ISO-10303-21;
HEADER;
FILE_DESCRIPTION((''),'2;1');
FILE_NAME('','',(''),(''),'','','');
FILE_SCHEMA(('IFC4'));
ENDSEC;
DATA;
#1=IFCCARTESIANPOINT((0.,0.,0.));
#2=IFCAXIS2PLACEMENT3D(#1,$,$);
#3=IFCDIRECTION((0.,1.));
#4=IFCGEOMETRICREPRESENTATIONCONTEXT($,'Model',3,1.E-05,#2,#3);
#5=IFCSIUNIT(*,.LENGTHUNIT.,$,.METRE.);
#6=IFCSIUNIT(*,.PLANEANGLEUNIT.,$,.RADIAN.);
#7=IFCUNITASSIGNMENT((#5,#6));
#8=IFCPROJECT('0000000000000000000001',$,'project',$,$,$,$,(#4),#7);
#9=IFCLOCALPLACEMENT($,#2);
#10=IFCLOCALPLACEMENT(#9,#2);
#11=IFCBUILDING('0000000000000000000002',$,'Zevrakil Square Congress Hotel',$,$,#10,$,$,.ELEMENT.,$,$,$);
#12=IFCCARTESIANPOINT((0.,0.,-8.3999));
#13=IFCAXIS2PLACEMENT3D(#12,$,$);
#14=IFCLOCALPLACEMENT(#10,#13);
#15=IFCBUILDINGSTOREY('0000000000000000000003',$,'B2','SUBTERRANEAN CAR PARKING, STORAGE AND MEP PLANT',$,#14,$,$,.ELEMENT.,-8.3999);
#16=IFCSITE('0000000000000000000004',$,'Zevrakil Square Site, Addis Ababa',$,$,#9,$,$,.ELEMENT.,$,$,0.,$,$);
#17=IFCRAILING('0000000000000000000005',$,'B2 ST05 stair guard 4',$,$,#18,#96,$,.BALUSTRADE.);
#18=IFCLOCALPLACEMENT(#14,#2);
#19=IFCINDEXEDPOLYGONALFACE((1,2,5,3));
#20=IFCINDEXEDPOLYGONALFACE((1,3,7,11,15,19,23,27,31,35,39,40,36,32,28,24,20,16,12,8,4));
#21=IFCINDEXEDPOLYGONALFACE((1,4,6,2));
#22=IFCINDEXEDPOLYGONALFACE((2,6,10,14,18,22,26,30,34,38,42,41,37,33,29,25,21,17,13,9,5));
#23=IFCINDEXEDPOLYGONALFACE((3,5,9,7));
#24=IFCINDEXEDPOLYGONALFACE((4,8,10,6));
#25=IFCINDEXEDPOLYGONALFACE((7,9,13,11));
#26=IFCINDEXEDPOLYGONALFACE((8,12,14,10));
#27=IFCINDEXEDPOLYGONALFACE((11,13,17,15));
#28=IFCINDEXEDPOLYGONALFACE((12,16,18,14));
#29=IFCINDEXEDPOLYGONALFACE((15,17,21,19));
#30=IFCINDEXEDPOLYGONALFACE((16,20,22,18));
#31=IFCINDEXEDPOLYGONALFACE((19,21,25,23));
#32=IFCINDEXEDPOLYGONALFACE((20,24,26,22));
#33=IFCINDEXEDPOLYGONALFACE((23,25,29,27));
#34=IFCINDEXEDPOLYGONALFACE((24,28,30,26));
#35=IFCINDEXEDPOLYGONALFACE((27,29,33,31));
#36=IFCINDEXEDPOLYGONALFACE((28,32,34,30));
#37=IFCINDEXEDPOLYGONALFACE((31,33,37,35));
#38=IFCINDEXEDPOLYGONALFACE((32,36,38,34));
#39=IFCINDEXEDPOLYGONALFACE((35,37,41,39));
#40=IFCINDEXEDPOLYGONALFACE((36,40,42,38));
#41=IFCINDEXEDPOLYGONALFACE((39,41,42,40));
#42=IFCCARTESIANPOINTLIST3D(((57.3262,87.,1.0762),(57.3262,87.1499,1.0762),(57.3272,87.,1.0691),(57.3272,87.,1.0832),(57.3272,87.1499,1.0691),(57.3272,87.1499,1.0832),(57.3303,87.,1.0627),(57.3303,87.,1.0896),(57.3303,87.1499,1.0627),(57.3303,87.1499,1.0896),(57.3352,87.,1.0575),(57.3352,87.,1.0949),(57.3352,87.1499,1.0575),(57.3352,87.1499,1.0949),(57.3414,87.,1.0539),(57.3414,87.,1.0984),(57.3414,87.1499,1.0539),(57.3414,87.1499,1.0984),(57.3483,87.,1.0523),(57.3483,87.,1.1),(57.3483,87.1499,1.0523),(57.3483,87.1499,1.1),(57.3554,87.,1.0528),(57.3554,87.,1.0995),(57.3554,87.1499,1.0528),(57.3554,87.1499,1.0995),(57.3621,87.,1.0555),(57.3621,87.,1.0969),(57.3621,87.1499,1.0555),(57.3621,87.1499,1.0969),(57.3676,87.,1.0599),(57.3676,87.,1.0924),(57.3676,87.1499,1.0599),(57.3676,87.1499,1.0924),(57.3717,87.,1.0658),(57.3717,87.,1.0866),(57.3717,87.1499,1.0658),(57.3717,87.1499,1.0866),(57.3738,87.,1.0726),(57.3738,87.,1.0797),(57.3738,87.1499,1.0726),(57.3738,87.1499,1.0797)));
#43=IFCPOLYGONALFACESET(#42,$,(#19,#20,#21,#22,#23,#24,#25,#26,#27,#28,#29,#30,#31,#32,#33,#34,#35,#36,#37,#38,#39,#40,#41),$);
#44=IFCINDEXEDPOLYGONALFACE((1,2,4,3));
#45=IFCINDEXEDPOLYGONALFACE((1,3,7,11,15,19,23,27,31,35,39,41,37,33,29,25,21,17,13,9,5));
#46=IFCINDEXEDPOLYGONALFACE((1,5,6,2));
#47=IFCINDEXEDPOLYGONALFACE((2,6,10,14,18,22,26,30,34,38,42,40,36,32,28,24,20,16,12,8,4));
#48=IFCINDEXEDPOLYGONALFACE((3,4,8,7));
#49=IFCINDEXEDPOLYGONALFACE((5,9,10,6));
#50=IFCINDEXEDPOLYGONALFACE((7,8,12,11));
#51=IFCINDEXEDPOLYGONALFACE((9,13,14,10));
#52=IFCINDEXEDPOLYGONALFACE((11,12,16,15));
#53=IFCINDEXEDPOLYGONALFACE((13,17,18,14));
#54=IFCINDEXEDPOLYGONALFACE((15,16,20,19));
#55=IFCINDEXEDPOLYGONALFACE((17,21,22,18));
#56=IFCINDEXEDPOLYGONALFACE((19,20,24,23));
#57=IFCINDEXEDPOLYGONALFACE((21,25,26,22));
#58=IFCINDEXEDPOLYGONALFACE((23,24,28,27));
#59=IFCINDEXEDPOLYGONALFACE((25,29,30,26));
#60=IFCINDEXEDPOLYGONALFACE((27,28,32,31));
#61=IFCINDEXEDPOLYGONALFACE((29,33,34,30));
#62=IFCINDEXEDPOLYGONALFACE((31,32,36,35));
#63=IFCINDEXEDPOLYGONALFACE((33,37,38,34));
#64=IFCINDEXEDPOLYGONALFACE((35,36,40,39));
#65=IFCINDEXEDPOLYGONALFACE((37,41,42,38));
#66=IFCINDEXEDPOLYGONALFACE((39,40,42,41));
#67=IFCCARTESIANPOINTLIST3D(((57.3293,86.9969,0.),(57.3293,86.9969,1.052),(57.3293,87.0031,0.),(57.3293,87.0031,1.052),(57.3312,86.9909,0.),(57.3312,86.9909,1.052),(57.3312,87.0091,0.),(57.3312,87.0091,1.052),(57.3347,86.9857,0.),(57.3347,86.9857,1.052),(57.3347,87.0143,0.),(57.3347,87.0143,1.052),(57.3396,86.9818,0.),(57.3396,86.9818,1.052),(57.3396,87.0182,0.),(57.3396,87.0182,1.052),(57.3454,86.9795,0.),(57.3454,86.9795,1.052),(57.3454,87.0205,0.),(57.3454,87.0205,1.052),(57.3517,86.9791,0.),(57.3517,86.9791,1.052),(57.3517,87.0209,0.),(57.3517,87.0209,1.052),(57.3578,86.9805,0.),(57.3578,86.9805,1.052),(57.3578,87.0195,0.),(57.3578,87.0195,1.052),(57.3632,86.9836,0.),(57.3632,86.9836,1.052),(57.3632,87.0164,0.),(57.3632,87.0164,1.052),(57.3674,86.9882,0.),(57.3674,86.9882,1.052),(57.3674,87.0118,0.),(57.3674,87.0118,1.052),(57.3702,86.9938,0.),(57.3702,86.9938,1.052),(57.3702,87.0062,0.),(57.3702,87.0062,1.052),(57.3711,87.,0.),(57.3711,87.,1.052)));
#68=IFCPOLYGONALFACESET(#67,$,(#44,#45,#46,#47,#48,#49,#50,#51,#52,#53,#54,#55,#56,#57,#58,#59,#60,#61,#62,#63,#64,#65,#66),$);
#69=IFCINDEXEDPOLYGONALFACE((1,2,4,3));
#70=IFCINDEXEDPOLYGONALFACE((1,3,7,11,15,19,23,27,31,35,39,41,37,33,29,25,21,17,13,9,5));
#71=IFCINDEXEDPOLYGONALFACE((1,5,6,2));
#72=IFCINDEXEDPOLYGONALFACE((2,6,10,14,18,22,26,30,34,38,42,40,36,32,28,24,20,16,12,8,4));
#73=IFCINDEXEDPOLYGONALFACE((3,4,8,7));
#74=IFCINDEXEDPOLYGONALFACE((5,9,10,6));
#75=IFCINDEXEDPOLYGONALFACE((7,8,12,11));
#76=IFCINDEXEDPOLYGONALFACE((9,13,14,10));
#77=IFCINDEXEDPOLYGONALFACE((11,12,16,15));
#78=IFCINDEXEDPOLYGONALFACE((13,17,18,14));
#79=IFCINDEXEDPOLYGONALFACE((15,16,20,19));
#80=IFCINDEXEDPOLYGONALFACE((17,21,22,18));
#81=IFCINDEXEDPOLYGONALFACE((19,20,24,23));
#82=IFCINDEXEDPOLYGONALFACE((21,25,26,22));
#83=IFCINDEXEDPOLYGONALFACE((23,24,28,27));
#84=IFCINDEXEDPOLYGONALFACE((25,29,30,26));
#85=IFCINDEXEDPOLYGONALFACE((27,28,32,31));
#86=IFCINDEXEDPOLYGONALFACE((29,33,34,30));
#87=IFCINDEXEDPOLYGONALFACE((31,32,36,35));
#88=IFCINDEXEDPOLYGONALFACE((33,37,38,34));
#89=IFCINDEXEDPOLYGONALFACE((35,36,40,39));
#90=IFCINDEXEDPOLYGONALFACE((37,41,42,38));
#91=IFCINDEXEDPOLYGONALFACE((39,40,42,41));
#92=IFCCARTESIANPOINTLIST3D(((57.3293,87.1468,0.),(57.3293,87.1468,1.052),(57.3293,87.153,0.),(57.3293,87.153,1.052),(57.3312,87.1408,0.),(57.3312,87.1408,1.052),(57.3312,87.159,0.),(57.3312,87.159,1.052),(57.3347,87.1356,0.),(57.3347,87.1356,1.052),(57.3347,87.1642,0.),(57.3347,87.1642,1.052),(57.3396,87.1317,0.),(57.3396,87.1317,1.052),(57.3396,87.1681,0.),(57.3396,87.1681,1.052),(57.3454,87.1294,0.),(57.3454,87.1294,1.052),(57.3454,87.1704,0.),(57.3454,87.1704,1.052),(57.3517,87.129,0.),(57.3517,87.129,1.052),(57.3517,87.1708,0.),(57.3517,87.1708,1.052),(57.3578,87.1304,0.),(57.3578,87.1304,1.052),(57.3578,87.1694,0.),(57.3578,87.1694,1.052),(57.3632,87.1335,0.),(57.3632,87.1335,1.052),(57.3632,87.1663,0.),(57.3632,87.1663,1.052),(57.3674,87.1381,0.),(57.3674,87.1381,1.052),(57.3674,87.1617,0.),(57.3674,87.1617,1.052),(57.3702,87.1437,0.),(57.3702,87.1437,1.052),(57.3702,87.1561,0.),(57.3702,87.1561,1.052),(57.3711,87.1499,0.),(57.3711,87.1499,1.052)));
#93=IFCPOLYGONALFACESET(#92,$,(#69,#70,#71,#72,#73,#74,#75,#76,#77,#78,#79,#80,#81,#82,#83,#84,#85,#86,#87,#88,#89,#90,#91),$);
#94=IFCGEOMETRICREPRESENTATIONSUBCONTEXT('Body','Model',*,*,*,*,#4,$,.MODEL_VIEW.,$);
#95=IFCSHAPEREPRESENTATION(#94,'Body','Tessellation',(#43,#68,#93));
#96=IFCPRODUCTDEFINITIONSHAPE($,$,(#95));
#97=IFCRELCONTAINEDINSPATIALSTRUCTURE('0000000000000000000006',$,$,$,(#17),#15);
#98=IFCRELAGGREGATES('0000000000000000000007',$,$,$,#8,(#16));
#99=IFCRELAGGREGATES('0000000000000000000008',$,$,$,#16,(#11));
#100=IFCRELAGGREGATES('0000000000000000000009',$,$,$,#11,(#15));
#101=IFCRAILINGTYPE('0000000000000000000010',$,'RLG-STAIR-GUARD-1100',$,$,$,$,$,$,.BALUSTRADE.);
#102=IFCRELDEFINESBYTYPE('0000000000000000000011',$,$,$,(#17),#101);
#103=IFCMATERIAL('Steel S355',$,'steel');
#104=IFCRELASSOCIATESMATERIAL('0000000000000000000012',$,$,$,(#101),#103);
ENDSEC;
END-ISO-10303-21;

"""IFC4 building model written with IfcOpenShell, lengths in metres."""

from ifc_helpers import new_model, si_unit, direction, frame, origin, origin_2d, place, context, subcontext, project, spatial, circle, extrude, material, type_object, element, save


model = new_model("IFC4")

# Units and contexts
model_context = context("Model", 3, precision=1e-05, world=origin(), true_north=direction((0.0, 1.0)))
body_context = subcontext(model_context, "Body", "Model", "MODEL_VIEW")
ifc_project = project(units=[si_unit("LENGTHUNIT", "METRE"), si_unit("PLANEANGLEUNIT", "RADIAN")], contexts=[model_context])

# Site, building, storey
site_placement = place(None, origin())
site = spatial("IfcSite", under=ifc_project, at=site_placement, Name="Zevrakil Square Site, Addis Ababa", CompositionType="ELEMENT", RefElevation=0.0)
building_placement = place(site_placement, origin())
building = spatial("IfcBuilding", under=site, at=building_placement, Name="Zevrakil Square Congress Hotel", CompositionType="ELEMENT")
storey_placement = place(building_placement, frame((0.0, 0.0, -8.3999)))
storey = spatial("IfcBuildingStorey", under=building, at=storey_placement, Name="B2", Description="SUBTERRANEAN CAR PARKING, STORAGE AND MEP PLANT", CompositionType="ELEMENT", Elevation=-8.3999)

# Railing
ifc_material_1 = material(Name="Steel S355", Category="steel")
railing_type_1 = type_object("IfcRailingType", Name="RLG-STAIR-GUARD-1100", PredefinedType="BALUSTRADE", material=ifc_material_1)
railing_1_placement = place(storey_placement, frame((57.3501, 87.0, 0.0)))
element("IfcRailing", 1, at=railing_1_placement, inside=storey, type_object=railing_type_1, Name="B2 ST05 stair guard 4", PredefinedType="BALUSTRADE", context=body_context, shape_type="SweptSolid", body=[
    extrude(circle(Radius=0.0239, at=origin_2d()), frame((0.0, 0.0, 1.0762), z_axis=(0.0, 1.0, 0.0), x_axis=(-1.0, 0.0, 0.0)), (0.0, 0.0, 1.0), 0.1499),
    extrude(circle(Radius=0.021, at=origin_2d()), origin(), (0.0, 0.0, 1.0), 1.052),
    extrude(circle(Radius=0.021, at=origin_2d()), frame((0.0, 0.1499, 0.0)), (0.0, 0.0, 1.0), 1.052),
])

save(model, "model.ifc")
